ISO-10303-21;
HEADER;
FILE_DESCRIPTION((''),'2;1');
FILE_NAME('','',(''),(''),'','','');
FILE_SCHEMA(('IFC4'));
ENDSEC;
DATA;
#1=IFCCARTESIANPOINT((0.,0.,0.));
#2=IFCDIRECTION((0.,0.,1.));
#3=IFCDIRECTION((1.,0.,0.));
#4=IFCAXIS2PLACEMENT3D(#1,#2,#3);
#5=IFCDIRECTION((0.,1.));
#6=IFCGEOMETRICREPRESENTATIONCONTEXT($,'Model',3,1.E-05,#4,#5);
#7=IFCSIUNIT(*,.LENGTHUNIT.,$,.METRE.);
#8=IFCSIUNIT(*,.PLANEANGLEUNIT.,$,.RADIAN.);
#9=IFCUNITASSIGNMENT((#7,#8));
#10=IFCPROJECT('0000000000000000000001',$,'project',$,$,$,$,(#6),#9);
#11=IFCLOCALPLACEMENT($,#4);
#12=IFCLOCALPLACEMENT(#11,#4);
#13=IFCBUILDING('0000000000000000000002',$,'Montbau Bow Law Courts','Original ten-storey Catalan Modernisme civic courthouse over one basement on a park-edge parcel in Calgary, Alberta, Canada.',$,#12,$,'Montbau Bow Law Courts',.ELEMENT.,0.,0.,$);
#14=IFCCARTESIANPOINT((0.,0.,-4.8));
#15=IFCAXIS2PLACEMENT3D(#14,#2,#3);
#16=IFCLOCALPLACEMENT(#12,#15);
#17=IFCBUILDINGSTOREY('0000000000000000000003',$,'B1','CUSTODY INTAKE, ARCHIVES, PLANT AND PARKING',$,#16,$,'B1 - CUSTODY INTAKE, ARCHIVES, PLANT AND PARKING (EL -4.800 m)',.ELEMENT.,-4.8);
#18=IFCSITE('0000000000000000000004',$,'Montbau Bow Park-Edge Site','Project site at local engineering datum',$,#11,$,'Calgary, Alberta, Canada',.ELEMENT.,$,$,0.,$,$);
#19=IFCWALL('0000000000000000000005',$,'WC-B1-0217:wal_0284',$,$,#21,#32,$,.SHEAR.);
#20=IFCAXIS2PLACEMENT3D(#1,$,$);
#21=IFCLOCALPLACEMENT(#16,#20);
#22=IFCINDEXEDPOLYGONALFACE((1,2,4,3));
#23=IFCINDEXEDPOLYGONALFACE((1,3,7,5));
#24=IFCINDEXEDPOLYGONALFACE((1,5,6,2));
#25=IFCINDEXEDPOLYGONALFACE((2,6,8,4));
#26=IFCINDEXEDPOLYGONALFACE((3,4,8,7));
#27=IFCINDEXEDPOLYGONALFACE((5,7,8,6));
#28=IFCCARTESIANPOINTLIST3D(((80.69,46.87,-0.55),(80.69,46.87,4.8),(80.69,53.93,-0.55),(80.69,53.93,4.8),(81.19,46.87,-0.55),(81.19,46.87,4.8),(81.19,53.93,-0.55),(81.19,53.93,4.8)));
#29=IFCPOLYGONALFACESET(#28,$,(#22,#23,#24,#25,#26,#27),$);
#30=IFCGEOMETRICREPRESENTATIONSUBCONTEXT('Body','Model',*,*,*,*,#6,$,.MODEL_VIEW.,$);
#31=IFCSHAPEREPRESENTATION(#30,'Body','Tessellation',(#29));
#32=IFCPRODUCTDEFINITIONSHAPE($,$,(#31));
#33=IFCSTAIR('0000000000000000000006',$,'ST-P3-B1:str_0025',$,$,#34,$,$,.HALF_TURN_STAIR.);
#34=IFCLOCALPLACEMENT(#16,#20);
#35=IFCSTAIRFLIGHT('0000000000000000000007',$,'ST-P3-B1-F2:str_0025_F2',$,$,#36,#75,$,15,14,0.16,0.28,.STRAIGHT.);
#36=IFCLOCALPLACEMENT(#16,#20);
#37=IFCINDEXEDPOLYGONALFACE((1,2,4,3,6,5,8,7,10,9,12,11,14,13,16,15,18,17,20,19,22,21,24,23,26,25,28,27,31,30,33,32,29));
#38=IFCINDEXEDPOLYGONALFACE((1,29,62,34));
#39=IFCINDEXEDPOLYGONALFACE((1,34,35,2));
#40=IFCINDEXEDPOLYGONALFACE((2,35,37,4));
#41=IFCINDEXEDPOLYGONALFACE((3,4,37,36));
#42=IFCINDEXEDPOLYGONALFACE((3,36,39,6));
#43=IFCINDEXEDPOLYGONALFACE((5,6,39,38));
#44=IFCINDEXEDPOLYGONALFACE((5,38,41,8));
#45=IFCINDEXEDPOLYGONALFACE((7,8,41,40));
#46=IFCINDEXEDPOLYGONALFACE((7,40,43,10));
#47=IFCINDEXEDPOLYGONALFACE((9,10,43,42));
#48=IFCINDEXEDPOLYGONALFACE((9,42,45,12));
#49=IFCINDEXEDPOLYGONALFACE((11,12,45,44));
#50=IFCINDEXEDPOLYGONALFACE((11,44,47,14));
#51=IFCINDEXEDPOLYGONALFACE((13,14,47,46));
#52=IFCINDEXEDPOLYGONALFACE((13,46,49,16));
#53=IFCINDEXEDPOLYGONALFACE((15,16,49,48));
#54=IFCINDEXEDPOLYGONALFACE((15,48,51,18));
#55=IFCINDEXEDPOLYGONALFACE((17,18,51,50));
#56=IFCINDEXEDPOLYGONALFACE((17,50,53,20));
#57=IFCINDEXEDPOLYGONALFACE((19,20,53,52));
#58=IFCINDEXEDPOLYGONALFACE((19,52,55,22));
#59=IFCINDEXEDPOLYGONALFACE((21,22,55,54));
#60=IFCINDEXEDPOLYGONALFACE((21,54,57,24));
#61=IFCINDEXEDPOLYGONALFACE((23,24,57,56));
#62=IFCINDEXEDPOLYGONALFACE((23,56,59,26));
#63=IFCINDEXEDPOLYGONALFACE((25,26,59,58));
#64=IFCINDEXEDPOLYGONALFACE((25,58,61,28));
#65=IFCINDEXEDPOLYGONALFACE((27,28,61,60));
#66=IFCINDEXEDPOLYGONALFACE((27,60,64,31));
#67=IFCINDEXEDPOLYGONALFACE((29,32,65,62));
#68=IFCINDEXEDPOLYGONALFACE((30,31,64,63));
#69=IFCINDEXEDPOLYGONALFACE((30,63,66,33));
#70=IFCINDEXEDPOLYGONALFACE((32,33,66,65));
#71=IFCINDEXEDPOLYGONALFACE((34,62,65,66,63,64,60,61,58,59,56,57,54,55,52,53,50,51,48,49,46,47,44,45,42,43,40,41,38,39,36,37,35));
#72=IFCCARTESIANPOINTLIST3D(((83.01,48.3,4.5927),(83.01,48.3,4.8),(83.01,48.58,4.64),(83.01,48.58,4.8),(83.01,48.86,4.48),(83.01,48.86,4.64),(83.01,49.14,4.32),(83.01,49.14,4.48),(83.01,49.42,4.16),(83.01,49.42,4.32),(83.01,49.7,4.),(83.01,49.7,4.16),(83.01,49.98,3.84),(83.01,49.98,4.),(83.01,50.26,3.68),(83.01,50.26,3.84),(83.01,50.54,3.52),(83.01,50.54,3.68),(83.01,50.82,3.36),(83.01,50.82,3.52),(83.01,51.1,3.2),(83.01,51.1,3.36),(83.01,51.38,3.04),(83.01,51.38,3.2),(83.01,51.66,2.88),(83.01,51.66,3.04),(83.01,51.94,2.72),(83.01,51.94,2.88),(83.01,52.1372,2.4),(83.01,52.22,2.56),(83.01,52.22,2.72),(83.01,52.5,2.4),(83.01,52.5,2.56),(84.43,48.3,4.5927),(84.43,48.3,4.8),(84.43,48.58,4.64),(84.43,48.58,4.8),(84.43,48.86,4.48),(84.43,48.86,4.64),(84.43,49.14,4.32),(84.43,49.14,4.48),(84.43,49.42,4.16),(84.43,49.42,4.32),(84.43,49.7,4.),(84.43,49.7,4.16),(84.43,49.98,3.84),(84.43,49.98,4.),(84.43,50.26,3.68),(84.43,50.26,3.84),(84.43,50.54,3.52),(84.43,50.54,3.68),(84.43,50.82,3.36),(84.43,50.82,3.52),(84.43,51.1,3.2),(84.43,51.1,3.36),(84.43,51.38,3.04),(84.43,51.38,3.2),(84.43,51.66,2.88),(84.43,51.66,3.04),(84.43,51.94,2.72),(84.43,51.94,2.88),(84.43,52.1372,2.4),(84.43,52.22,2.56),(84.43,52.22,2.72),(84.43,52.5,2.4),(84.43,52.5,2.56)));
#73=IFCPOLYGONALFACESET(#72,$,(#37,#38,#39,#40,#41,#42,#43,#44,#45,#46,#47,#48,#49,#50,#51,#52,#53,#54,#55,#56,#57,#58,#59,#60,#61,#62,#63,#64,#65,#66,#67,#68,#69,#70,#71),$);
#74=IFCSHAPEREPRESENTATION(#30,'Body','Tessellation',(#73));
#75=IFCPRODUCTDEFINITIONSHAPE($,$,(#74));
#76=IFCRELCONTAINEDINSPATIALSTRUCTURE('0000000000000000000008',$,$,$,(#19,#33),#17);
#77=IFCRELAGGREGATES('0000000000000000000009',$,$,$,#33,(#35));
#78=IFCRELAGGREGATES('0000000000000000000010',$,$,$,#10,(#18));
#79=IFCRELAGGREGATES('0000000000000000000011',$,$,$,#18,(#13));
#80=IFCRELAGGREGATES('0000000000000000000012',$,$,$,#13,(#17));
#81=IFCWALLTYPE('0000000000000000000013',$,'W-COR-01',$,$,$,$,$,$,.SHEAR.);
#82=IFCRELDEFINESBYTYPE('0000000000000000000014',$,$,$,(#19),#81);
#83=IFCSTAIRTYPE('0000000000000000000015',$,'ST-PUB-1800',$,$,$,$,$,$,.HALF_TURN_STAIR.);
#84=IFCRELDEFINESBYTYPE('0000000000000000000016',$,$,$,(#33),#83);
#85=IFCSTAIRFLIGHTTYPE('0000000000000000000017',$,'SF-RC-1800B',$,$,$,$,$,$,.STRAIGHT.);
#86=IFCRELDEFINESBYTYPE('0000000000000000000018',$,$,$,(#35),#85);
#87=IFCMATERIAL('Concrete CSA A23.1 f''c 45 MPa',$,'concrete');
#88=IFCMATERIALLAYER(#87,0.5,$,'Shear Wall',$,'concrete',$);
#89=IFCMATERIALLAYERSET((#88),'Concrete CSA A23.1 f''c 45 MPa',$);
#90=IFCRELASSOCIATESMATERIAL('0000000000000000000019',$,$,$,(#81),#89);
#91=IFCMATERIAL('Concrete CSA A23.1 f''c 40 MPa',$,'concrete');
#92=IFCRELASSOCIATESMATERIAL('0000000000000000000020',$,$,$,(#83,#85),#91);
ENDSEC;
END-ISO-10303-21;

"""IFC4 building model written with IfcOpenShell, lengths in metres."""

from ifc_helpers import new_model, si_unit, direction, frame, frame_2d, origin_with_axes, place, context, subcontext, project, spatial, polyline, rectangle, outline, extrude, material, layer, layer_set, type_object, element, aggregate, save


model = new_model("IFC4")

# Units and contexts
model_context = context("Model", 3, precision=1e-05, world=origin_with_axes(), true_north=direction((0.0, 1.0)))
body_context = subcontext(model_context, "Body", "Model", "MODEL_VIEW")
ifc_project = project(units=[si_unit("LENGTHUNIT", "METRE"), si_unit("PLANEANGLEUNIT", "RADIAN")], contexts=[model_context])

# Site, building, storey
site_placement = place(None, origin_with_axes())
site = spatial("IfcSite", under=ifc_project, at=site_placement, Name="Montbau Bow Park-Edge Site", Description="Project site at local engineering datum", LongName="Calgary, Alberta, Canada", CompositionType="ELEMENT", RefElevation=0.0)
building_placement = place(site_placement, origin_with_axes())
building = spatial("IfcBuilding", under=site, at=building_placement, Name="Montbau Bow Law Courts", Description="Original ten-storey Catalan Modernisme civic courthouse over one basement on a park-edge parcel in Calgary, Alberta, Canada.", LongName="Montbau Bow Law Courts", CompositionType="ELEMENT", ElevationOfRefHeight=0.0, ElevationOfTerrain=0.0)
storey_placement = place(building_placement, frame((0.0, 0.0, -4.8), z_axis=(0.0, 0.0, 1.0), x_axis=(1.0, 0.0, 0.0)))
storey = spatial("IfcBuildingStorey", under=building, at=storey_placement, Name="B1", Description="CUSTODY INTAKE, ARCHIVES, PLANT AND PARKING", LongName="B1 - CUSTODY INTAKE, ARCHIVES, PLANT AND PARKING (EL -4.800 m)", CompositionType="ELEMENT", Elevation=-4.8)

# Shared definitions
ifc_material_1 = material(Name="Concrete CSA A23.1 f'c 40 MPa", Category="concrete")

# Shared definitions
ifc_material_2 = material(Name="Concrete CSA A23.1 f'c 45 MPa", Category="concrete")

# Wall
ifc_layer = layer(ifc_material_2, 0.5, Name="Shear Wall", Category="concrete")
ifc_layer_set = layer_set([ifc_layer], Name="Concrete CSA A23.1 f'c 45 MPa")
wall_type = type_object("IfcWallType", Name="W-COR-01", PredefinedType="SHEAR", material=ifc_layer_set)
wall_placement = place(None, frame((80.94, 53.93, -5.35), z_axis=(0.0, 0.0, 1.0), x_axis=(0.0, -1.0, 0.0)))
element("IfcWall", 1, at=wall_placement, inside=storey, type_object=wall_type, Name="WC-B1-0217:wal_0284", PredefinedType="SHEAR", context=body_context, shape_type="SweptSolid", body=[
    extrude(rectangle(XDim=7.06, YDim=0.5, at=frame_2d((3.53, 0.0), x_axis=(1.0, 0.0))), origin_with_axes(), (0.0, 0.0, 1.0), 5.35),
])

# Stair, stair flight
stair_type = type_object("IfcStairType", Name="ST-PUB-1800", PredefinedType="HALF_TURN_STAIR", material=ifc_material_1)
stair_placement = place(None, frame((81.93, 48.3, -4.8), z_axis=(0.0, 0.0, 1.0), x_axis=(1.0, 0.0, 0.0)))
stair = element("IfcStair", 2, at=stair_placement, inside=storey, type_object=stair_type, Name="ST-P3-B1:str_0025", PredefinedType="HALF_TURN_STAIR")
stair_flight_type = type_object("IfcStairFlightType", Name="SF-RC-1800B", PredefinedType="STRAIGHT", material=ifc_material_1)
stair_flight_placement = place(None, frame((83.72, 52.5, -2.4), z_axis=(0.0, 0.0, 1.0), x_axis=(0.0, -1.0, 0.0)))
stair_flight = element("IfcStairFlight", 3, at=stair_flight_placement, type_object=stair_flight_type, Name="ST-P3-B1-F2:str_0025_F2", NumberOfRisers=15, NumberOfTreads=14, PredefinedType="STRAIGHT", RiserHeight=0.16, TreadLength=0.28, context=body_context, shape_type="SweptSolid", body=[
    extrude(outline(polyline([(0.0, 0.0), (0.0, 0.16), (0.28, 0.16), (0.28, 0.32), (0.56, 0.32), (0.56, 0.48), (0.84, 0.48), (0.84, 0.64), (1.12, 0.64), (1.12, 0.8), (1.4, 0.8), (1.4, 0.96), (1.68, 0.96), (1.68, 1.12), (1.96, 1.12), (1.96, 1.28), (2.24, 1.28), (2.24, 1.44), (2.52, 1.44), (2.52, 1.6), (2.8, 1.6), (2.8, 1.76), (3.08, 1.76), (3.08, 1.92), (3.36, 1.92), (3.36, 2.08), (3.64, 2.08), (3.64, 2.24), (3.92, 2.24), (3.92, 2.4), (4.2, 2.4), (4.2, 2.1927), (0.3628, 0.0), (0.0, 0.0)])), frame((0.0, 0.71, 0.0), z_axis=(0.0, -1.0, 0.0), x_axis=(1.0, 0.0, 0.0)), (0.0, 0.0, 1.0), 1.42),
])
aggregate(stair, [stair_flight])

save(model, "model.ifc")
